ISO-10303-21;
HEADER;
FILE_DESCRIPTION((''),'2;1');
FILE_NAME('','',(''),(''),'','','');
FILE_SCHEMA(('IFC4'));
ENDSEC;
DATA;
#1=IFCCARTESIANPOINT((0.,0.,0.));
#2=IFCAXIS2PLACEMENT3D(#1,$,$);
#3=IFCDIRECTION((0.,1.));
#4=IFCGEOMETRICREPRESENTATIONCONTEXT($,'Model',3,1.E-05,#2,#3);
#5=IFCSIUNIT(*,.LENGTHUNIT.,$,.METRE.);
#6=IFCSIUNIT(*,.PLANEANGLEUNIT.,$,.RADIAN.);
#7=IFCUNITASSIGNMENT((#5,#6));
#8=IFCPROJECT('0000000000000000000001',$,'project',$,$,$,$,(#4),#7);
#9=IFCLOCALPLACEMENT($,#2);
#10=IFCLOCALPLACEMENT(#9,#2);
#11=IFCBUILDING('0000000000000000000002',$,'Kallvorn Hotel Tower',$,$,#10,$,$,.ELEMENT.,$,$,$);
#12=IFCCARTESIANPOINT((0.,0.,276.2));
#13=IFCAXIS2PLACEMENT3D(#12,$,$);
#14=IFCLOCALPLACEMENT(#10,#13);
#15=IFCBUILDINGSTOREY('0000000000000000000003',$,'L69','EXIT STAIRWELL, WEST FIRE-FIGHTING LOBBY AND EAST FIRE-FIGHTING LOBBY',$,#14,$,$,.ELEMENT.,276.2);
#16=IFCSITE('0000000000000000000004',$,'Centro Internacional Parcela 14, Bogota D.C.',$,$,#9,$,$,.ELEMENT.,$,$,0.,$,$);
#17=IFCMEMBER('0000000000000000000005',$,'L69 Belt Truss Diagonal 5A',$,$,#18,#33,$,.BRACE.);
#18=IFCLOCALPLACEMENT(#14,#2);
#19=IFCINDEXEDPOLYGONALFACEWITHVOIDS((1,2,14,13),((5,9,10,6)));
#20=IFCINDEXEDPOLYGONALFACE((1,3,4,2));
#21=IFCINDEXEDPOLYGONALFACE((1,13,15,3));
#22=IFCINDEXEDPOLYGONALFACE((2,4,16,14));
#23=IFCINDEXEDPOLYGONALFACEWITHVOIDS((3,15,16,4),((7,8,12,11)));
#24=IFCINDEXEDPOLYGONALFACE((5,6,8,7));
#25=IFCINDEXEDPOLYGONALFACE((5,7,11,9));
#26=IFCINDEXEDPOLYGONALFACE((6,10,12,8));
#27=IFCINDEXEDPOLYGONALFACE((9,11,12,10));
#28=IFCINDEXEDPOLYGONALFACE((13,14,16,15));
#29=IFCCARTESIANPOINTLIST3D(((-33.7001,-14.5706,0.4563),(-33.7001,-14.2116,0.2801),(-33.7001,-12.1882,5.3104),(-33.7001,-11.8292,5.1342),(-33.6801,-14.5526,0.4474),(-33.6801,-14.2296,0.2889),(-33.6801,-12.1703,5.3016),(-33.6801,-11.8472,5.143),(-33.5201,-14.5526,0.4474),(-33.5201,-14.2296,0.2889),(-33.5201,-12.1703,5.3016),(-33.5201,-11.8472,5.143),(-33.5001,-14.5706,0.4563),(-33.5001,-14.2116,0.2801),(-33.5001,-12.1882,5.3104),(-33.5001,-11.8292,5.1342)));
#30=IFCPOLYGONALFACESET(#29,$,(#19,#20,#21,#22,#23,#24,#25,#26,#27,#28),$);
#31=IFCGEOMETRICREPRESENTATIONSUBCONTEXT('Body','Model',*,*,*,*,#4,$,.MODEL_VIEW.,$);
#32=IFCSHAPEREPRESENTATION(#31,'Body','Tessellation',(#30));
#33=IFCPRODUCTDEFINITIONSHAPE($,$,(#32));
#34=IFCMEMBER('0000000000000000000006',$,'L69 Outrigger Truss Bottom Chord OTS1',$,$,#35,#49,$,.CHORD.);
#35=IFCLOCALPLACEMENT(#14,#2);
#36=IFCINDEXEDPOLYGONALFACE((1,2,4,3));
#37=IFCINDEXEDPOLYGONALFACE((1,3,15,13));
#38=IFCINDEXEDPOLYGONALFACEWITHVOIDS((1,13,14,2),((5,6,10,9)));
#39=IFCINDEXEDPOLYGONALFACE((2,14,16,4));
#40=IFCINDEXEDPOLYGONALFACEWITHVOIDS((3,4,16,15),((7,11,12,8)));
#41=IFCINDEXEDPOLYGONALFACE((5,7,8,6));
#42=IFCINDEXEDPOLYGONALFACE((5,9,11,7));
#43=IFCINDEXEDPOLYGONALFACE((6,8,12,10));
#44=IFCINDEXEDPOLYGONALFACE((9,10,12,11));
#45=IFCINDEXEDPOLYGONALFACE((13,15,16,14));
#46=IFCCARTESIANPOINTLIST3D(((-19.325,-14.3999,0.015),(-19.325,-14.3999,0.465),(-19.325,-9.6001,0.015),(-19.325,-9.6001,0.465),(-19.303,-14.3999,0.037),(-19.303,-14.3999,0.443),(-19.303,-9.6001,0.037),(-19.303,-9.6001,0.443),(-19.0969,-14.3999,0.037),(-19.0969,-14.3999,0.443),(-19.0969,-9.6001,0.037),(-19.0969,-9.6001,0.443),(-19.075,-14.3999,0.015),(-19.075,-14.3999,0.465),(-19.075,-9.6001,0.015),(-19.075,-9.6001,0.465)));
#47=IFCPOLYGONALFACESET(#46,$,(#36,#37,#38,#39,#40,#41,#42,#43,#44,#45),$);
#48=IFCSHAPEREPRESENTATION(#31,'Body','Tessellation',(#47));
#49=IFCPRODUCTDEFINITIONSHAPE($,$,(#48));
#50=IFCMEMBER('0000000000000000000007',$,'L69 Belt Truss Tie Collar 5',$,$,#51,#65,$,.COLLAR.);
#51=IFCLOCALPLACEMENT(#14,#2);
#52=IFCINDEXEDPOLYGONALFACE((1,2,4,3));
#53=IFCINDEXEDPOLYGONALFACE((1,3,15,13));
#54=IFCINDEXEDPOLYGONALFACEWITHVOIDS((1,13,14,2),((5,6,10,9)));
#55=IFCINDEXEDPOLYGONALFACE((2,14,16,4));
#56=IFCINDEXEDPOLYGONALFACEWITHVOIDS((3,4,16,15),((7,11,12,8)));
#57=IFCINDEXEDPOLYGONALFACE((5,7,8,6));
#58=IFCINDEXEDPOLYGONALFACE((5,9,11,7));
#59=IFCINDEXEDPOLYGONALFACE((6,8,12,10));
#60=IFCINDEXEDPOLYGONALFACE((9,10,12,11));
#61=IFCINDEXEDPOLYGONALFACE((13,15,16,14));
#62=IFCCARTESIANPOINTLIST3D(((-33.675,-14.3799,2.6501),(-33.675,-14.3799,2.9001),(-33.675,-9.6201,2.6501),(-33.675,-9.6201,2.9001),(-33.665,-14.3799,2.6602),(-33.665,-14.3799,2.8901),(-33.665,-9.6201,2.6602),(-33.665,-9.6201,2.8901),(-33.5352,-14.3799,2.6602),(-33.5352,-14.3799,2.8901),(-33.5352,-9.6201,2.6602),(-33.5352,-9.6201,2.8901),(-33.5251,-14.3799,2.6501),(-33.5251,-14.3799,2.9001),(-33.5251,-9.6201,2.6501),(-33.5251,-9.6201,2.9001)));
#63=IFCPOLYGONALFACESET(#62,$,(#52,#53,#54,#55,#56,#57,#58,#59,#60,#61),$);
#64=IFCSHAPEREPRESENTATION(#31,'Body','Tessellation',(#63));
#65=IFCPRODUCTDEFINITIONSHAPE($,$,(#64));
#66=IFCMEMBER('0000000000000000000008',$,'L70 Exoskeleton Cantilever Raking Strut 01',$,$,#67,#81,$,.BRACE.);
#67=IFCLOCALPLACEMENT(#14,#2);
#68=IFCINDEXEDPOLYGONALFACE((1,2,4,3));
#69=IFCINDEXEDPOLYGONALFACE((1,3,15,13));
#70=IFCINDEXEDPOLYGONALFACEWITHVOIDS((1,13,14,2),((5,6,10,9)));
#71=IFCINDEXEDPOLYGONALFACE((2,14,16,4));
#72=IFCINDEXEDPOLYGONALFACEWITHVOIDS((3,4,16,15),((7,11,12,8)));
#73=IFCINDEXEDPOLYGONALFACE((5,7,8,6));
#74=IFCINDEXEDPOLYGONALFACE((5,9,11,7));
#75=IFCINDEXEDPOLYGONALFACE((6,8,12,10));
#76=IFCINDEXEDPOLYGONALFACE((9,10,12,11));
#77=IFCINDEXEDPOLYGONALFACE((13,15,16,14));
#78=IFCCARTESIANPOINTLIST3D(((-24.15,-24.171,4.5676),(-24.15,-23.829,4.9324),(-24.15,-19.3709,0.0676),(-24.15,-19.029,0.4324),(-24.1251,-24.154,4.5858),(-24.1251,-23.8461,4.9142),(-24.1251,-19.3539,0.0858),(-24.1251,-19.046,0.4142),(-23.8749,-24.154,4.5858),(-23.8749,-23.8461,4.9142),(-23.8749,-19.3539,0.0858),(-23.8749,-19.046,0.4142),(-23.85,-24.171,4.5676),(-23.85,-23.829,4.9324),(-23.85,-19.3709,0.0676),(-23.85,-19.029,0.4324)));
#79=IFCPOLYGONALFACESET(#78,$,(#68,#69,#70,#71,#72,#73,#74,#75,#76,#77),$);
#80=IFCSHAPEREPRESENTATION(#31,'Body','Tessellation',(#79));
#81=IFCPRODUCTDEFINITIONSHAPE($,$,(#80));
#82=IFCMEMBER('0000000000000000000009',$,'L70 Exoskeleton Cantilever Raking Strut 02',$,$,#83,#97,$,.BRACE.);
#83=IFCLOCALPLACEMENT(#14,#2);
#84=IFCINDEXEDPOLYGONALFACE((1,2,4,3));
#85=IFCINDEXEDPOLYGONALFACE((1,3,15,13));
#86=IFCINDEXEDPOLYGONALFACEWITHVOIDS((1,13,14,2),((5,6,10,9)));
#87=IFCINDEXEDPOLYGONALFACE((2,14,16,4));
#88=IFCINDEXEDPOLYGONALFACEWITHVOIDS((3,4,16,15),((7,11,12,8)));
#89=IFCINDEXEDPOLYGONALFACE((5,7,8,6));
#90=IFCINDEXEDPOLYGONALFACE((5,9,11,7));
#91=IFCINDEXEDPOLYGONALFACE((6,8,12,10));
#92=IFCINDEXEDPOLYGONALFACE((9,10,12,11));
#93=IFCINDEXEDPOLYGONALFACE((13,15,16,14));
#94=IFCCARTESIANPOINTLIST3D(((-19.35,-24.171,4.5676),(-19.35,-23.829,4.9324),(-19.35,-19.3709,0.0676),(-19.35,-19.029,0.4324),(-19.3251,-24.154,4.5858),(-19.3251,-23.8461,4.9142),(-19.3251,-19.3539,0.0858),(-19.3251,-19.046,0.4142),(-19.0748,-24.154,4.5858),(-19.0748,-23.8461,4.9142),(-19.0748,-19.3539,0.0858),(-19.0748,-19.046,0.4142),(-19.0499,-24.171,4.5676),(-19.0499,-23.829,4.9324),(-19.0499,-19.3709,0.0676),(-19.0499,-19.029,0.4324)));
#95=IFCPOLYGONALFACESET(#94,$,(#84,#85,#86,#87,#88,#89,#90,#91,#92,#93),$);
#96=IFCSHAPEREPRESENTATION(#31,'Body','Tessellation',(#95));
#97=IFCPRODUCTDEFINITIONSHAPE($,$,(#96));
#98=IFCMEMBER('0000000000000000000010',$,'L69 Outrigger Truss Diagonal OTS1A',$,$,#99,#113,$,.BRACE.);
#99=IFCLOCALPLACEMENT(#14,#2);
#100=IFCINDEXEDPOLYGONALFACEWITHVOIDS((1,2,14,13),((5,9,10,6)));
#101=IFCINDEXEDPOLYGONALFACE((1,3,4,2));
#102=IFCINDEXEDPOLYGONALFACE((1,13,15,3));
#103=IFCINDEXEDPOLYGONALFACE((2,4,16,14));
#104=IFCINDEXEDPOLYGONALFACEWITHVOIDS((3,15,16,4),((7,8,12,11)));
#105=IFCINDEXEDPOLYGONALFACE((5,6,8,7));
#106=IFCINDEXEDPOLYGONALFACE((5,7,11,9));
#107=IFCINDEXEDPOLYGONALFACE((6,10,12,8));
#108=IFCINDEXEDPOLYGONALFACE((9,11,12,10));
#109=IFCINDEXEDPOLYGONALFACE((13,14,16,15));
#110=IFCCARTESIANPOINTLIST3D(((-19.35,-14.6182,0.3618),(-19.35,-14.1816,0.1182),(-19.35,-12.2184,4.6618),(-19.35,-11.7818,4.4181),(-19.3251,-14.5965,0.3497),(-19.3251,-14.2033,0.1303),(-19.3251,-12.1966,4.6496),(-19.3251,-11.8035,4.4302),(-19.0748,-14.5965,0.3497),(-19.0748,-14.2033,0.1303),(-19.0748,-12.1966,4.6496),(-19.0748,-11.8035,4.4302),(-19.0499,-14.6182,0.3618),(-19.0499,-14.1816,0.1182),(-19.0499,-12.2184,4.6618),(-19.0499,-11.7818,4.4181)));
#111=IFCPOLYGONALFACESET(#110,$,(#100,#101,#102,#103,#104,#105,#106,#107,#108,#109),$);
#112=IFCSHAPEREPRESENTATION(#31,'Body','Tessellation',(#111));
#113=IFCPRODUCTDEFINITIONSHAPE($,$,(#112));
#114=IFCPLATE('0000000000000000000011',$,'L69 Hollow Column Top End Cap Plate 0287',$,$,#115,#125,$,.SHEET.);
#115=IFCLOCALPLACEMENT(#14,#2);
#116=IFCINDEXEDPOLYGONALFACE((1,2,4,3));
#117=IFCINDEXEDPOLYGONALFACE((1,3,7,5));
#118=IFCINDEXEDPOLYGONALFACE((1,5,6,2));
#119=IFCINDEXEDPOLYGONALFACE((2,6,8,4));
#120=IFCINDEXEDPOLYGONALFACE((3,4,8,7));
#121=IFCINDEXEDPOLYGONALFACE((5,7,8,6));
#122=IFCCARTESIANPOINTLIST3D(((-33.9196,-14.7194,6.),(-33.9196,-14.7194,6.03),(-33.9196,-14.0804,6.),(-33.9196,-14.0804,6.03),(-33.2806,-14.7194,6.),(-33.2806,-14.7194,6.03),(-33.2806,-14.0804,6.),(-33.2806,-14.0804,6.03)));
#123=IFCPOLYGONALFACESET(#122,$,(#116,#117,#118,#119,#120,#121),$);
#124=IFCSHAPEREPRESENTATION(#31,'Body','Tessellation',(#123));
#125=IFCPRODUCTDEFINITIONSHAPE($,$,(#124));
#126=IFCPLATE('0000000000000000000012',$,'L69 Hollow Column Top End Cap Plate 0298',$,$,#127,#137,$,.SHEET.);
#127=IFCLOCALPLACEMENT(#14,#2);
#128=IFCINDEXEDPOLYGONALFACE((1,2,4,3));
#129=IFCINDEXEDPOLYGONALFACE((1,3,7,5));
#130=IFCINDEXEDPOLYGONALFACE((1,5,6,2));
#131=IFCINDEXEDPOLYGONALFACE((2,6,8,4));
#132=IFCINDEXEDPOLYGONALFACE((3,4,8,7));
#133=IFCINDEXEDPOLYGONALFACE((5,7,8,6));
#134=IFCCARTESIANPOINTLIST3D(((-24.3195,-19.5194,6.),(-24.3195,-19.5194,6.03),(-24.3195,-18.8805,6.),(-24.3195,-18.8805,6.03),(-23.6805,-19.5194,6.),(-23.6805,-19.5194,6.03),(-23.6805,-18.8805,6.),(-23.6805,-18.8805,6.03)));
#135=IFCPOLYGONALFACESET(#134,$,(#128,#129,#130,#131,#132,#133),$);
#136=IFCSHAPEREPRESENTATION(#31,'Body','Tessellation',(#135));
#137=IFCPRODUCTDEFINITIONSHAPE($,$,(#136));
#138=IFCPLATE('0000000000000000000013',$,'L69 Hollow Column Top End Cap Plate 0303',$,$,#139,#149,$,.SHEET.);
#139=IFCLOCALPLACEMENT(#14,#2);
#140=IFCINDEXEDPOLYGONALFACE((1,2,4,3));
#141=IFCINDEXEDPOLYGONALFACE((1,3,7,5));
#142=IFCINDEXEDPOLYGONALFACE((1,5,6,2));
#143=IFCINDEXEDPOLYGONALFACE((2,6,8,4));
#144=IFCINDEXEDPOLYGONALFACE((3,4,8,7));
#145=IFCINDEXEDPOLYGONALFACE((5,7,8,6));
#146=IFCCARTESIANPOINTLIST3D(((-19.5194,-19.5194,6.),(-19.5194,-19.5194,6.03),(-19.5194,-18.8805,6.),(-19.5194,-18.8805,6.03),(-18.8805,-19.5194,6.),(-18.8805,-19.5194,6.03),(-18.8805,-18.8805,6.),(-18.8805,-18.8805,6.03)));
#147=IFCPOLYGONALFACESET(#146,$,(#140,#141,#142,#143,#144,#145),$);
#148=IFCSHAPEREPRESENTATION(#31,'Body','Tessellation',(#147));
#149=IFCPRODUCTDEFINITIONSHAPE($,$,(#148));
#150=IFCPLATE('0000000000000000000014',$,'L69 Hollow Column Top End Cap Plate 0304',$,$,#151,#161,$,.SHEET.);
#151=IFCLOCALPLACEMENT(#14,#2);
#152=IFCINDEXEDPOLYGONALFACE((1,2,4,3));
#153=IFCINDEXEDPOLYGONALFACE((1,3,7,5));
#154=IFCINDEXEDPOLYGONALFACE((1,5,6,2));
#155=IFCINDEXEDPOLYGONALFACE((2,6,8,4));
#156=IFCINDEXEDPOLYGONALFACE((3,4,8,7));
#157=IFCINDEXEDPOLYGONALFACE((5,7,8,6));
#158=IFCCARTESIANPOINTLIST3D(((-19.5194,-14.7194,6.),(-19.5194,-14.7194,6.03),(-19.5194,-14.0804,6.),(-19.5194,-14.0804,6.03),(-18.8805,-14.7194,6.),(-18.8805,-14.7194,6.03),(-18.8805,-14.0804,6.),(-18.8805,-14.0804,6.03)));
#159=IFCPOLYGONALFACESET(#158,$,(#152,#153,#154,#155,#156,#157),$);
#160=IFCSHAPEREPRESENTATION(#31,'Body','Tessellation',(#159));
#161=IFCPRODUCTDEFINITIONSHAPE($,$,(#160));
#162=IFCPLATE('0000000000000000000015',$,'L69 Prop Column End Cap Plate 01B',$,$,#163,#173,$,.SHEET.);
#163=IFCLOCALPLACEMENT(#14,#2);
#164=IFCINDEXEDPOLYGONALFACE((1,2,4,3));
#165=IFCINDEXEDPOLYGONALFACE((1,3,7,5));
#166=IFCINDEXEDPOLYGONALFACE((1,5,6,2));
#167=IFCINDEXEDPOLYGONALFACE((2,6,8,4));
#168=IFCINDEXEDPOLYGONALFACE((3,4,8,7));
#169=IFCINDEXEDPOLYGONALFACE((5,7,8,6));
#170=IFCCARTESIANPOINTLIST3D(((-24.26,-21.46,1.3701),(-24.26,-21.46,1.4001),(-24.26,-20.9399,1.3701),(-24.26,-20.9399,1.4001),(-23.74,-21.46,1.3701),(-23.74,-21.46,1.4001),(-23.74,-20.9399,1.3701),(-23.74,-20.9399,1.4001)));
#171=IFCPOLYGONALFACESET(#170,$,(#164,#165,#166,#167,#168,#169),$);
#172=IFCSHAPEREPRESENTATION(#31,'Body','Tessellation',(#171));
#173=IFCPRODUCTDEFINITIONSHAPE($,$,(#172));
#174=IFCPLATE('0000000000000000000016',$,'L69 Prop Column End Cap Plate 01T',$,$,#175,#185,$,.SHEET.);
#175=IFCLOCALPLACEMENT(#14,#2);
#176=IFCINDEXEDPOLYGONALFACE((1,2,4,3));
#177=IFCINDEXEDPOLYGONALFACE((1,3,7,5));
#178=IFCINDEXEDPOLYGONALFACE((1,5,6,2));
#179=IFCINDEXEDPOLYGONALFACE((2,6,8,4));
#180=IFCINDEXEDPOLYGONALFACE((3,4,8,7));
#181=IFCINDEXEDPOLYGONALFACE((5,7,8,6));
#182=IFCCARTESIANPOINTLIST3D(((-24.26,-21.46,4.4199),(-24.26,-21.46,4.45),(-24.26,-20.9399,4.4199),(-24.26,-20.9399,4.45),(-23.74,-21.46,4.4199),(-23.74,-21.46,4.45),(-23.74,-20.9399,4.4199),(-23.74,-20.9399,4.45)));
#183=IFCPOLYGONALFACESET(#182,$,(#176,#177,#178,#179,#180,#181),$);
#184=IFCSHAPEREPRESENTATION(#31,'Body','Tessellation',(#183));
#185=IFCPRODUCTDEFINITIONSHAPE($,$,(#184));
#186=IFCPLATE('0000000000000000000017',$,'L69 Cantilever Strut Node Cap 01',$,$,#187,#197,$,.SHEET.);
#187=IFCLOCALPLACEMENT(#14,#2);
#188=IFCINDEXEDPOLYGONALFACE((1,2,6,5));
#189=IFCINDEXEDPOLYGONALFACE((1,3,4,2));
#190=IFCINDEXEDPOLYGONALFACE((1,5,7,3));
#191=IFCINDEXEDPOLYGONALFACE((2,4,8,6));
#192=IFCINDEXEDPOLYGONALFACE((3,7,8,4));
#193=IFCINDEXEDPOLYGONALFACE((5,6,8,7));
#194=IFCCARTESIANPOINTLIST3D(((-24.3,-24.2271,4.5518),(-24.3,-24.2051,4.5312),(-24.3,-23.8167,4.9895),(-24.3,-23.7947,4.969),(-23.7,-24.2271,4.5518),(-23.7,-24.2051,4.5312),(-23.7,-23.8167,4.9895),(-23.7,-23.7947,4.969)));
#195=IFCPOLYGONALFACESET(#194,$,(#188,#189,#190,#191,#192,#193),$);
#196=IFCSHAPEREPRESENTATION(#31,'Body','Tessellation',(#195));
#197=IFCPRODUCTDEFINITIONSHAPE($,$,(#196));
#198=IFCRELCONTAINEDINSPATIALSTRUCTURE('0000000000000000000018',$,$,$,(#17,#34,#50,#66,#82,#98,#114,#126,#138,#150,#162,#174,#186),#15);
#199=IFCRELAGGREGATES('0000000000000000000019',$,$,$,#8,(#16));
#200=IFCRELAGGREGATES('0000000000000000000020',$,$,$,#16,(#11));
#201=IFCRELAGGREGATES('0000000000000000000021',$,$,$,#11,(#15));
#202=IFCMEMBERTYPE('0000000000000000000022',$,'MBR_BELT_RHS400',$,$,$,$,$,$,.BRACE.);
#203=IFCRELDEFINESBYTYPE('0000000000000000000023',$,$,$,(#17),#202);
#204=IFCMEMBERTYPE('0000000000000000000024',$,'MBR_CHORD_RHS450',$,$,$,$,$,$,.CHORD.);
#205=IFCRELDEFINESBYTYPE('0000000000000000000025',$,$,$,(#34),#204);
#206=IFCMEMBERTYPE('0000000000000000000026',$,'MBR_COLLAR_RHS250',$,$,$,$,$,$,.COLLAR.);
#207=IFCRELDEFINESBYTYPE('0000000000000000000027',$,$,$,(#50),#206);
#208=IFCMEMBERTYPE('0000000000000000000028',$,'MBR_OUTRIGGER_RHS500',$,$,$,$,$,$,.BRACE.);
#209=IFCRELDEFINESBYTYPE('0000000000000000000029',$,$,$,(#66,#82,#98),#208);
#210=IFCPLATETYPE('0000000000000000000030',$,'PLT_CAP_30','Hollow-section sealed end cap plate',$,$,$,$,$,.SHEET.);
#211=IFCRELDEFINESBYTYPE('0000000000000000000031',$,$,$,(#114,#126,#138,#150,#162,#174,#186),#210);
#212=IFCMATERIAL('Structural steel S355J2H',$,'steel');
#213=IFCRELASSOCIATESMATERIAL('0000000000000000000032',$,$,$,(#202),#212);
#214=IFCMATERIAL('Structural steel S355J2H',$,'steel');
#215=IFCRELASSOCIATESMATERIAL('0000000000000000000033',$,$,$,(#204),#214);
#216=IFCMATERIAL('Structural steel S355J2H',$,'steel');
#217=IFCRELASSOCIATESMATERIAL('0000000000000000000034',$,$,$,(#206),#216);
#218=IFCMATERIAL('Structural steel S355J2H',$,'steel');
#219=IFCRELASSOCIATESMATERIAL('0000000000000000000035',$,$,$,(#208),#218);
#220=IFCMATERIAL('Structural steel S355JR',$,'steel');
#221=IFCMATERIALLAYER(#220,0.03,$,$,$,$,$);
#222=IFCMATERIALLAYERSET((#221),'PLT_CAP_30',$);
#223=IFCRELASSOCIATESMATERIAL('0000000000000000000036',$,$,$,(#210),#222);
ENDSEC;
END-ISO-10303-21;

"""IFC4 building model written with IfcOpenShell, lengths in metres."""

from ifc_helpers import new_model, si_unit, direction, frame, origin, origin_2d, place, context, subcontext, project, spatial, polyline, rectangle, hollow_rectangle, outline, extrude, material, layer, layer_set, material_profile, profile_set, type_object, element, save


model = new_model("IFC4")

# Units and contexts
model_context = context("Model", 3, precision=1e-05, world=origin(), true_north=direction((0.0, 1.0)))
body_context = subcontext(model_context, "Body", "Model", "MODEL_VIEW")
ifc_project = project(units=[si_unit("LENGTHUNIT", "METRE"), si_unit("PLANEANGLEUNIT", "RADIAN")], contexts=[model_context])

# Site, building, storey
site_placement = place(None, origin())
site = spatial("IfcSite", under=ifc_project, at=site_placement, Name="Centro Internacional Parcela 14, Bogota D.C.", CompositionType="ELEMENT", RefElevation=0.0)
building_placement = place(site_placement, origin())
building = spatial("IfcBuilding", under=site, at=building_placement, Name="Kallvorn Hotel Tower", CompositionType="ELEMENT")
storey_placement = place(building_placement, frame((0.0, 0.0, 276.2)))
storey = spatial("IfcBuildingStorey", under=building, at=storey_placement, Name="L69", Description="EXIT STAIRWELL, WEST FIRE-FIGHTING LOBBY AND EAST FIRE-FIGHTING LOBBY", CompositionType="ELEMENT", Elevation=276.2)

# Members
ifc_material_1 = material(Name="Structural steel S355J2H", Category="steel")
ifc_material_profile_1 = material_profile(ifc_material_1, hollow_rectangle(XDim=0.2, YDim=0.3999, WallThickness=0.02, at=origin_2d()), Name="RHS 400x200x20")
ifc_profile_set_1 = profile_set([ifc_material_profile_1], Name="Structural steel S355J2H")
member_type_1 = type_object("IfcMemberType", Name="MBR_BELT_RHS400", PredefinedType="BRACE", material=ifc_profile_set_1)
member_1_placement = place(storey_placement, frame((-33.6001, -14.3911, 0.3682), z_axis=(0.0, 0.440591, 0.897708), x_axis=(-1.0, 0.0, 0.0)))
element("IfcMember", 1, at=member_1_placement, inside=storey, type_object=member_type_1, Name="L69 Belt Truss Diagonal 5A", PredefinedType="BRACE", context=body_context, shape_type="SweptSolid", body=[
    extrude(hollow_rectangle(XDim=0.2, YDim=0.3999, WallThickness=0.02, at=origin_2d()), origin(), (0.0, 0.0, 1.0), 5.4072),
])
ifc_material_2 = material(Name="Structural steel S355J2H", Category="steel")
ifc_material_profile_2 = material_profile(ifc_material_2, hollow_rectangle(XDim=0.25, YDim=0.45, WallThickness=0.022, at=origin_2d()), Name="RHS 450x250x22")
ifc_profile_set_2 = profile_set([ifc_material_profile_2], Name="Structural steel S355J2H")
member_type_2 = type_object("IfcMemberType", Name="MBR_CHORD_RHS450", PredefinedType="CHORD", material=ifc_profile_set_2)
member_2_placement = place(storey_placement, frame((-19.2, -14.3999, 0.24), z_axis=(0.0, 1.0, 0.0), x_axis=(-1.0, 0.0, 0.0)))
element("IfcMember", 2, at=member_2_placement, inside=storey, type_object=member_type_2, Name="L69 Outrigger Truss Bottom Chord OTS1", PredefinedType="CHORD", context=body_context, shape_type="SweptSolid", body=[
    extrude(hollow_rectangle(XDim=0.25, YDim=0.45, WallThickness=0.022, at=origin_2d()), origin(), (0.0, 0.0, 1.0), 4.7998),
])
ifc_material_3 = material(Name="Structural steel S355J2H", Category="steel")
ifc_material_profile_3 = material_profile(ifc_material_3, hollow_rectangle(XDim=0.1499, YDim=0.25, WallThickness=0.01, at=origin_2d()), Name="RHS 250x150x10")
ifc_profile_set_3 = profile_set([ifc_material_profile_3], Name="Structural steel S355J2H")
member_type_3 = type_object("IfcMemberType", Name="MBR_COLLAR_RHS250", PredefinedType="COLLAR", material=ifc_profile_set_3)
member_3_placement = place(storey_placement, frame((-33.6001, -14.3799, 2.7751), z_axis=(0.0, 1.0, 0.0), x_axis=(-1.0, 0.0, 0.0)))
element("IfcMember", 3, at=member_3_placement, inside=storey, type_object=member_type_3, Name="L69 Belt Truss Tie Collar 5", PredefinedType="COLLAR", context=body_context, shape_type="SweptSolid", body=[
    extrude(hollow_rectangle(XDim=0.1499, YDim=0.25, WallThickness=0.01, at=origin_2d()), origin(), (0.0, 0.0, 1.0), 4.7598),
])
ifc_material_4 = material(Name="Structural steel S355J2H", Category="steel")
ifc_material_profile_4 = material_profile(ifc_material_4, hollow_rectangle(XDim=0.3, YDim=0.5, WallThickness=0.0249, at=origin_2d()), Name="RHS 500x300x25")
ifc_profile_set_4 = profile_set([ifc_material_profile_4], Name="Structural steel S355J2H")
member_type_4 = type_object("IfcMemberType", Name="MBR_OUTRIGGER_RHS500", PredefinedType="BRACE", material=ifc_profile_set_4)
for number, where, z_axis, x_axis, name in (
    (4, (-24.0, -19.2, 0.25), (0.0, -0.729541, 0.683937), (1.0, 0.0, 0.0), "L70 Exoskeleton Cantilever Raking Strut 01"),
    (5, (-19.2, -19.2, 0.25), (0.0, -0.729541, 0.683937), (1.0, 0.0, 0.0), "L70 Exoskeleton Cantilever Raking Strut 02"),
):
    element("IfcMember", number, at=place(storey_placement, frame(where, z_axis=z_axis, x_axis=x_axis)), inside=storey, type_object=member_type_4, Name=name, PredefinedType="BRACE", context=body_context, shape_type="SweptSolid", body=[
        extrude(hollow_rectangle(XDim=0.3, YDim=0.5, WallThickness=0.0249, at=origin_2d()), origin(), (0.0, 0.0, 1.0), 6.5796),
    ])
member_4_placement = place(storey_placement, frame((-19.2, -14.3999, 0.24), z_axis=(0.0, 0.487347, 0.873208), x_axis=(-1.0, 0.0, 0.0)))
element("IfcMember", 6, at=member_4_placement, inside=storey, type_object=member_type_4, Name="L69 Outrigger Truss Diagonal OTS1A", PredefinedType="BRACE", context=body_context, shape_type="SweptSolid", body=[
    extrude(hollow_rectangle(XDim=0.3, YDim=0.5, WallThickness=0.0249, at=origin_2d()), origin(), (0.0, 0.0, 1.0), 4.9243),
])

# Plates
ifc_material_5 = material(Name="Structural steel S355JR", Category="steel")
ifc_layer_1 = layer(ifc_material_5, 0.03)
ifc_layer_set_1 = layer_set([ifc_layer_1], Name="PLT_CAP_30")
plate_type = type_object("IfcPlateType", Name="PLT_CAP_30", Description="Hollow-section sealed end cap plate", PredefinedType="SHEET", material=ifc_layer_set_1)
for number, where, z_axis, x_axis, name in (
    (7, (-33.6001, -14.3999, 6.0), (0.0, 0.0, 1.0), (1.0, 0.0, 0.0), "L69 Hollow Column Top End Cap Plate 0287"),
    (8, (-24.0, -19.2, 6.0), (0.0, 0.0, 1.0), (1.0, 0.0, 0.0), "L69 Hollow Column Top End Cap Plate 0298"),
    (9, (-19.2, -19.2, 6.0), (0.0, 0.0, 1.0), (1.0, 0.0, 0.0), "L69 Hollow Column Top End Cap Plate 0303"),
    (10, (-19.2, -14.3999, 6.0), (0.0, 0.0, 1.0), (1.0, 0.0, 0.0), "L69 Hollow Column Top End Cap Plate 0304"),
):
    element("IfcPlate", number, at=place(storey_placement, frame(where, z_axis=z_axis, x_axis=x_axis)), inside=storey, type_object=plate_type, Name=name, PredefinedType="SHEET", context=body_context, shape_type="SweptSolid", body=[
        extrude(rectangle(XDim=0.6389, YDim=0.6389, at=origin_2d()), origin(), (0.0, 0.0, 1.0), 0.03),
    ])
for number, where, z_axis, x_axis, name in (
    (11, (-24.0, -21.2, 1.3701), (0.0, 0.0, 1.0), (1.0, 0.0, 0.0), "L69 Prop Column End Cap Plate 01B"),
    (12, (-24.0, -21.2, 4.4199), (0.0, 0.0, 1.0), (1.0, 0.0, 0.0), "L69 Prop Column End Cap Plate 01T"),
):
    element("IfcPlate", number, at=place(storey_placement, frame(where, z_axis=z_axis, x_axis=x_axis)), inside=storey, type_object=plate_type, Name=name, PredefinedType="SHEET", context=body_context, shape_type="SweptSolid", body=[
        extrude(rectangle(XDim=0.52, YDim=0.52, at=origin_2d()), origin(), (0.0, 0.0, 1.0), 0.03),
    ])
plate_1_placement = place(storey_placement, frame((-24.3, -24.2271, 4.5518), z_axis=(0.0, -0.729525, 0.683955), x_axis=(1.0, 0.0, 0.0)))
element("IfcPlate", 13, at=plate_1_placement, inside=storey, type_object=plate_type, Name="L69 Cantilever Strut Node Cap 01", PredefinedType="SHEET", context=body_context, shape_type="SweptSolid", body=[
    extrude(outline(polyline([(0.0, 0.0), (0.6001, 0.0), (0.6001, 0.6), (0.0, 0.6), (0.0, 0.0)])), origin(), (0.0, 0.0, -1.0), 0.03),
])

save(model, "model.ifc")
